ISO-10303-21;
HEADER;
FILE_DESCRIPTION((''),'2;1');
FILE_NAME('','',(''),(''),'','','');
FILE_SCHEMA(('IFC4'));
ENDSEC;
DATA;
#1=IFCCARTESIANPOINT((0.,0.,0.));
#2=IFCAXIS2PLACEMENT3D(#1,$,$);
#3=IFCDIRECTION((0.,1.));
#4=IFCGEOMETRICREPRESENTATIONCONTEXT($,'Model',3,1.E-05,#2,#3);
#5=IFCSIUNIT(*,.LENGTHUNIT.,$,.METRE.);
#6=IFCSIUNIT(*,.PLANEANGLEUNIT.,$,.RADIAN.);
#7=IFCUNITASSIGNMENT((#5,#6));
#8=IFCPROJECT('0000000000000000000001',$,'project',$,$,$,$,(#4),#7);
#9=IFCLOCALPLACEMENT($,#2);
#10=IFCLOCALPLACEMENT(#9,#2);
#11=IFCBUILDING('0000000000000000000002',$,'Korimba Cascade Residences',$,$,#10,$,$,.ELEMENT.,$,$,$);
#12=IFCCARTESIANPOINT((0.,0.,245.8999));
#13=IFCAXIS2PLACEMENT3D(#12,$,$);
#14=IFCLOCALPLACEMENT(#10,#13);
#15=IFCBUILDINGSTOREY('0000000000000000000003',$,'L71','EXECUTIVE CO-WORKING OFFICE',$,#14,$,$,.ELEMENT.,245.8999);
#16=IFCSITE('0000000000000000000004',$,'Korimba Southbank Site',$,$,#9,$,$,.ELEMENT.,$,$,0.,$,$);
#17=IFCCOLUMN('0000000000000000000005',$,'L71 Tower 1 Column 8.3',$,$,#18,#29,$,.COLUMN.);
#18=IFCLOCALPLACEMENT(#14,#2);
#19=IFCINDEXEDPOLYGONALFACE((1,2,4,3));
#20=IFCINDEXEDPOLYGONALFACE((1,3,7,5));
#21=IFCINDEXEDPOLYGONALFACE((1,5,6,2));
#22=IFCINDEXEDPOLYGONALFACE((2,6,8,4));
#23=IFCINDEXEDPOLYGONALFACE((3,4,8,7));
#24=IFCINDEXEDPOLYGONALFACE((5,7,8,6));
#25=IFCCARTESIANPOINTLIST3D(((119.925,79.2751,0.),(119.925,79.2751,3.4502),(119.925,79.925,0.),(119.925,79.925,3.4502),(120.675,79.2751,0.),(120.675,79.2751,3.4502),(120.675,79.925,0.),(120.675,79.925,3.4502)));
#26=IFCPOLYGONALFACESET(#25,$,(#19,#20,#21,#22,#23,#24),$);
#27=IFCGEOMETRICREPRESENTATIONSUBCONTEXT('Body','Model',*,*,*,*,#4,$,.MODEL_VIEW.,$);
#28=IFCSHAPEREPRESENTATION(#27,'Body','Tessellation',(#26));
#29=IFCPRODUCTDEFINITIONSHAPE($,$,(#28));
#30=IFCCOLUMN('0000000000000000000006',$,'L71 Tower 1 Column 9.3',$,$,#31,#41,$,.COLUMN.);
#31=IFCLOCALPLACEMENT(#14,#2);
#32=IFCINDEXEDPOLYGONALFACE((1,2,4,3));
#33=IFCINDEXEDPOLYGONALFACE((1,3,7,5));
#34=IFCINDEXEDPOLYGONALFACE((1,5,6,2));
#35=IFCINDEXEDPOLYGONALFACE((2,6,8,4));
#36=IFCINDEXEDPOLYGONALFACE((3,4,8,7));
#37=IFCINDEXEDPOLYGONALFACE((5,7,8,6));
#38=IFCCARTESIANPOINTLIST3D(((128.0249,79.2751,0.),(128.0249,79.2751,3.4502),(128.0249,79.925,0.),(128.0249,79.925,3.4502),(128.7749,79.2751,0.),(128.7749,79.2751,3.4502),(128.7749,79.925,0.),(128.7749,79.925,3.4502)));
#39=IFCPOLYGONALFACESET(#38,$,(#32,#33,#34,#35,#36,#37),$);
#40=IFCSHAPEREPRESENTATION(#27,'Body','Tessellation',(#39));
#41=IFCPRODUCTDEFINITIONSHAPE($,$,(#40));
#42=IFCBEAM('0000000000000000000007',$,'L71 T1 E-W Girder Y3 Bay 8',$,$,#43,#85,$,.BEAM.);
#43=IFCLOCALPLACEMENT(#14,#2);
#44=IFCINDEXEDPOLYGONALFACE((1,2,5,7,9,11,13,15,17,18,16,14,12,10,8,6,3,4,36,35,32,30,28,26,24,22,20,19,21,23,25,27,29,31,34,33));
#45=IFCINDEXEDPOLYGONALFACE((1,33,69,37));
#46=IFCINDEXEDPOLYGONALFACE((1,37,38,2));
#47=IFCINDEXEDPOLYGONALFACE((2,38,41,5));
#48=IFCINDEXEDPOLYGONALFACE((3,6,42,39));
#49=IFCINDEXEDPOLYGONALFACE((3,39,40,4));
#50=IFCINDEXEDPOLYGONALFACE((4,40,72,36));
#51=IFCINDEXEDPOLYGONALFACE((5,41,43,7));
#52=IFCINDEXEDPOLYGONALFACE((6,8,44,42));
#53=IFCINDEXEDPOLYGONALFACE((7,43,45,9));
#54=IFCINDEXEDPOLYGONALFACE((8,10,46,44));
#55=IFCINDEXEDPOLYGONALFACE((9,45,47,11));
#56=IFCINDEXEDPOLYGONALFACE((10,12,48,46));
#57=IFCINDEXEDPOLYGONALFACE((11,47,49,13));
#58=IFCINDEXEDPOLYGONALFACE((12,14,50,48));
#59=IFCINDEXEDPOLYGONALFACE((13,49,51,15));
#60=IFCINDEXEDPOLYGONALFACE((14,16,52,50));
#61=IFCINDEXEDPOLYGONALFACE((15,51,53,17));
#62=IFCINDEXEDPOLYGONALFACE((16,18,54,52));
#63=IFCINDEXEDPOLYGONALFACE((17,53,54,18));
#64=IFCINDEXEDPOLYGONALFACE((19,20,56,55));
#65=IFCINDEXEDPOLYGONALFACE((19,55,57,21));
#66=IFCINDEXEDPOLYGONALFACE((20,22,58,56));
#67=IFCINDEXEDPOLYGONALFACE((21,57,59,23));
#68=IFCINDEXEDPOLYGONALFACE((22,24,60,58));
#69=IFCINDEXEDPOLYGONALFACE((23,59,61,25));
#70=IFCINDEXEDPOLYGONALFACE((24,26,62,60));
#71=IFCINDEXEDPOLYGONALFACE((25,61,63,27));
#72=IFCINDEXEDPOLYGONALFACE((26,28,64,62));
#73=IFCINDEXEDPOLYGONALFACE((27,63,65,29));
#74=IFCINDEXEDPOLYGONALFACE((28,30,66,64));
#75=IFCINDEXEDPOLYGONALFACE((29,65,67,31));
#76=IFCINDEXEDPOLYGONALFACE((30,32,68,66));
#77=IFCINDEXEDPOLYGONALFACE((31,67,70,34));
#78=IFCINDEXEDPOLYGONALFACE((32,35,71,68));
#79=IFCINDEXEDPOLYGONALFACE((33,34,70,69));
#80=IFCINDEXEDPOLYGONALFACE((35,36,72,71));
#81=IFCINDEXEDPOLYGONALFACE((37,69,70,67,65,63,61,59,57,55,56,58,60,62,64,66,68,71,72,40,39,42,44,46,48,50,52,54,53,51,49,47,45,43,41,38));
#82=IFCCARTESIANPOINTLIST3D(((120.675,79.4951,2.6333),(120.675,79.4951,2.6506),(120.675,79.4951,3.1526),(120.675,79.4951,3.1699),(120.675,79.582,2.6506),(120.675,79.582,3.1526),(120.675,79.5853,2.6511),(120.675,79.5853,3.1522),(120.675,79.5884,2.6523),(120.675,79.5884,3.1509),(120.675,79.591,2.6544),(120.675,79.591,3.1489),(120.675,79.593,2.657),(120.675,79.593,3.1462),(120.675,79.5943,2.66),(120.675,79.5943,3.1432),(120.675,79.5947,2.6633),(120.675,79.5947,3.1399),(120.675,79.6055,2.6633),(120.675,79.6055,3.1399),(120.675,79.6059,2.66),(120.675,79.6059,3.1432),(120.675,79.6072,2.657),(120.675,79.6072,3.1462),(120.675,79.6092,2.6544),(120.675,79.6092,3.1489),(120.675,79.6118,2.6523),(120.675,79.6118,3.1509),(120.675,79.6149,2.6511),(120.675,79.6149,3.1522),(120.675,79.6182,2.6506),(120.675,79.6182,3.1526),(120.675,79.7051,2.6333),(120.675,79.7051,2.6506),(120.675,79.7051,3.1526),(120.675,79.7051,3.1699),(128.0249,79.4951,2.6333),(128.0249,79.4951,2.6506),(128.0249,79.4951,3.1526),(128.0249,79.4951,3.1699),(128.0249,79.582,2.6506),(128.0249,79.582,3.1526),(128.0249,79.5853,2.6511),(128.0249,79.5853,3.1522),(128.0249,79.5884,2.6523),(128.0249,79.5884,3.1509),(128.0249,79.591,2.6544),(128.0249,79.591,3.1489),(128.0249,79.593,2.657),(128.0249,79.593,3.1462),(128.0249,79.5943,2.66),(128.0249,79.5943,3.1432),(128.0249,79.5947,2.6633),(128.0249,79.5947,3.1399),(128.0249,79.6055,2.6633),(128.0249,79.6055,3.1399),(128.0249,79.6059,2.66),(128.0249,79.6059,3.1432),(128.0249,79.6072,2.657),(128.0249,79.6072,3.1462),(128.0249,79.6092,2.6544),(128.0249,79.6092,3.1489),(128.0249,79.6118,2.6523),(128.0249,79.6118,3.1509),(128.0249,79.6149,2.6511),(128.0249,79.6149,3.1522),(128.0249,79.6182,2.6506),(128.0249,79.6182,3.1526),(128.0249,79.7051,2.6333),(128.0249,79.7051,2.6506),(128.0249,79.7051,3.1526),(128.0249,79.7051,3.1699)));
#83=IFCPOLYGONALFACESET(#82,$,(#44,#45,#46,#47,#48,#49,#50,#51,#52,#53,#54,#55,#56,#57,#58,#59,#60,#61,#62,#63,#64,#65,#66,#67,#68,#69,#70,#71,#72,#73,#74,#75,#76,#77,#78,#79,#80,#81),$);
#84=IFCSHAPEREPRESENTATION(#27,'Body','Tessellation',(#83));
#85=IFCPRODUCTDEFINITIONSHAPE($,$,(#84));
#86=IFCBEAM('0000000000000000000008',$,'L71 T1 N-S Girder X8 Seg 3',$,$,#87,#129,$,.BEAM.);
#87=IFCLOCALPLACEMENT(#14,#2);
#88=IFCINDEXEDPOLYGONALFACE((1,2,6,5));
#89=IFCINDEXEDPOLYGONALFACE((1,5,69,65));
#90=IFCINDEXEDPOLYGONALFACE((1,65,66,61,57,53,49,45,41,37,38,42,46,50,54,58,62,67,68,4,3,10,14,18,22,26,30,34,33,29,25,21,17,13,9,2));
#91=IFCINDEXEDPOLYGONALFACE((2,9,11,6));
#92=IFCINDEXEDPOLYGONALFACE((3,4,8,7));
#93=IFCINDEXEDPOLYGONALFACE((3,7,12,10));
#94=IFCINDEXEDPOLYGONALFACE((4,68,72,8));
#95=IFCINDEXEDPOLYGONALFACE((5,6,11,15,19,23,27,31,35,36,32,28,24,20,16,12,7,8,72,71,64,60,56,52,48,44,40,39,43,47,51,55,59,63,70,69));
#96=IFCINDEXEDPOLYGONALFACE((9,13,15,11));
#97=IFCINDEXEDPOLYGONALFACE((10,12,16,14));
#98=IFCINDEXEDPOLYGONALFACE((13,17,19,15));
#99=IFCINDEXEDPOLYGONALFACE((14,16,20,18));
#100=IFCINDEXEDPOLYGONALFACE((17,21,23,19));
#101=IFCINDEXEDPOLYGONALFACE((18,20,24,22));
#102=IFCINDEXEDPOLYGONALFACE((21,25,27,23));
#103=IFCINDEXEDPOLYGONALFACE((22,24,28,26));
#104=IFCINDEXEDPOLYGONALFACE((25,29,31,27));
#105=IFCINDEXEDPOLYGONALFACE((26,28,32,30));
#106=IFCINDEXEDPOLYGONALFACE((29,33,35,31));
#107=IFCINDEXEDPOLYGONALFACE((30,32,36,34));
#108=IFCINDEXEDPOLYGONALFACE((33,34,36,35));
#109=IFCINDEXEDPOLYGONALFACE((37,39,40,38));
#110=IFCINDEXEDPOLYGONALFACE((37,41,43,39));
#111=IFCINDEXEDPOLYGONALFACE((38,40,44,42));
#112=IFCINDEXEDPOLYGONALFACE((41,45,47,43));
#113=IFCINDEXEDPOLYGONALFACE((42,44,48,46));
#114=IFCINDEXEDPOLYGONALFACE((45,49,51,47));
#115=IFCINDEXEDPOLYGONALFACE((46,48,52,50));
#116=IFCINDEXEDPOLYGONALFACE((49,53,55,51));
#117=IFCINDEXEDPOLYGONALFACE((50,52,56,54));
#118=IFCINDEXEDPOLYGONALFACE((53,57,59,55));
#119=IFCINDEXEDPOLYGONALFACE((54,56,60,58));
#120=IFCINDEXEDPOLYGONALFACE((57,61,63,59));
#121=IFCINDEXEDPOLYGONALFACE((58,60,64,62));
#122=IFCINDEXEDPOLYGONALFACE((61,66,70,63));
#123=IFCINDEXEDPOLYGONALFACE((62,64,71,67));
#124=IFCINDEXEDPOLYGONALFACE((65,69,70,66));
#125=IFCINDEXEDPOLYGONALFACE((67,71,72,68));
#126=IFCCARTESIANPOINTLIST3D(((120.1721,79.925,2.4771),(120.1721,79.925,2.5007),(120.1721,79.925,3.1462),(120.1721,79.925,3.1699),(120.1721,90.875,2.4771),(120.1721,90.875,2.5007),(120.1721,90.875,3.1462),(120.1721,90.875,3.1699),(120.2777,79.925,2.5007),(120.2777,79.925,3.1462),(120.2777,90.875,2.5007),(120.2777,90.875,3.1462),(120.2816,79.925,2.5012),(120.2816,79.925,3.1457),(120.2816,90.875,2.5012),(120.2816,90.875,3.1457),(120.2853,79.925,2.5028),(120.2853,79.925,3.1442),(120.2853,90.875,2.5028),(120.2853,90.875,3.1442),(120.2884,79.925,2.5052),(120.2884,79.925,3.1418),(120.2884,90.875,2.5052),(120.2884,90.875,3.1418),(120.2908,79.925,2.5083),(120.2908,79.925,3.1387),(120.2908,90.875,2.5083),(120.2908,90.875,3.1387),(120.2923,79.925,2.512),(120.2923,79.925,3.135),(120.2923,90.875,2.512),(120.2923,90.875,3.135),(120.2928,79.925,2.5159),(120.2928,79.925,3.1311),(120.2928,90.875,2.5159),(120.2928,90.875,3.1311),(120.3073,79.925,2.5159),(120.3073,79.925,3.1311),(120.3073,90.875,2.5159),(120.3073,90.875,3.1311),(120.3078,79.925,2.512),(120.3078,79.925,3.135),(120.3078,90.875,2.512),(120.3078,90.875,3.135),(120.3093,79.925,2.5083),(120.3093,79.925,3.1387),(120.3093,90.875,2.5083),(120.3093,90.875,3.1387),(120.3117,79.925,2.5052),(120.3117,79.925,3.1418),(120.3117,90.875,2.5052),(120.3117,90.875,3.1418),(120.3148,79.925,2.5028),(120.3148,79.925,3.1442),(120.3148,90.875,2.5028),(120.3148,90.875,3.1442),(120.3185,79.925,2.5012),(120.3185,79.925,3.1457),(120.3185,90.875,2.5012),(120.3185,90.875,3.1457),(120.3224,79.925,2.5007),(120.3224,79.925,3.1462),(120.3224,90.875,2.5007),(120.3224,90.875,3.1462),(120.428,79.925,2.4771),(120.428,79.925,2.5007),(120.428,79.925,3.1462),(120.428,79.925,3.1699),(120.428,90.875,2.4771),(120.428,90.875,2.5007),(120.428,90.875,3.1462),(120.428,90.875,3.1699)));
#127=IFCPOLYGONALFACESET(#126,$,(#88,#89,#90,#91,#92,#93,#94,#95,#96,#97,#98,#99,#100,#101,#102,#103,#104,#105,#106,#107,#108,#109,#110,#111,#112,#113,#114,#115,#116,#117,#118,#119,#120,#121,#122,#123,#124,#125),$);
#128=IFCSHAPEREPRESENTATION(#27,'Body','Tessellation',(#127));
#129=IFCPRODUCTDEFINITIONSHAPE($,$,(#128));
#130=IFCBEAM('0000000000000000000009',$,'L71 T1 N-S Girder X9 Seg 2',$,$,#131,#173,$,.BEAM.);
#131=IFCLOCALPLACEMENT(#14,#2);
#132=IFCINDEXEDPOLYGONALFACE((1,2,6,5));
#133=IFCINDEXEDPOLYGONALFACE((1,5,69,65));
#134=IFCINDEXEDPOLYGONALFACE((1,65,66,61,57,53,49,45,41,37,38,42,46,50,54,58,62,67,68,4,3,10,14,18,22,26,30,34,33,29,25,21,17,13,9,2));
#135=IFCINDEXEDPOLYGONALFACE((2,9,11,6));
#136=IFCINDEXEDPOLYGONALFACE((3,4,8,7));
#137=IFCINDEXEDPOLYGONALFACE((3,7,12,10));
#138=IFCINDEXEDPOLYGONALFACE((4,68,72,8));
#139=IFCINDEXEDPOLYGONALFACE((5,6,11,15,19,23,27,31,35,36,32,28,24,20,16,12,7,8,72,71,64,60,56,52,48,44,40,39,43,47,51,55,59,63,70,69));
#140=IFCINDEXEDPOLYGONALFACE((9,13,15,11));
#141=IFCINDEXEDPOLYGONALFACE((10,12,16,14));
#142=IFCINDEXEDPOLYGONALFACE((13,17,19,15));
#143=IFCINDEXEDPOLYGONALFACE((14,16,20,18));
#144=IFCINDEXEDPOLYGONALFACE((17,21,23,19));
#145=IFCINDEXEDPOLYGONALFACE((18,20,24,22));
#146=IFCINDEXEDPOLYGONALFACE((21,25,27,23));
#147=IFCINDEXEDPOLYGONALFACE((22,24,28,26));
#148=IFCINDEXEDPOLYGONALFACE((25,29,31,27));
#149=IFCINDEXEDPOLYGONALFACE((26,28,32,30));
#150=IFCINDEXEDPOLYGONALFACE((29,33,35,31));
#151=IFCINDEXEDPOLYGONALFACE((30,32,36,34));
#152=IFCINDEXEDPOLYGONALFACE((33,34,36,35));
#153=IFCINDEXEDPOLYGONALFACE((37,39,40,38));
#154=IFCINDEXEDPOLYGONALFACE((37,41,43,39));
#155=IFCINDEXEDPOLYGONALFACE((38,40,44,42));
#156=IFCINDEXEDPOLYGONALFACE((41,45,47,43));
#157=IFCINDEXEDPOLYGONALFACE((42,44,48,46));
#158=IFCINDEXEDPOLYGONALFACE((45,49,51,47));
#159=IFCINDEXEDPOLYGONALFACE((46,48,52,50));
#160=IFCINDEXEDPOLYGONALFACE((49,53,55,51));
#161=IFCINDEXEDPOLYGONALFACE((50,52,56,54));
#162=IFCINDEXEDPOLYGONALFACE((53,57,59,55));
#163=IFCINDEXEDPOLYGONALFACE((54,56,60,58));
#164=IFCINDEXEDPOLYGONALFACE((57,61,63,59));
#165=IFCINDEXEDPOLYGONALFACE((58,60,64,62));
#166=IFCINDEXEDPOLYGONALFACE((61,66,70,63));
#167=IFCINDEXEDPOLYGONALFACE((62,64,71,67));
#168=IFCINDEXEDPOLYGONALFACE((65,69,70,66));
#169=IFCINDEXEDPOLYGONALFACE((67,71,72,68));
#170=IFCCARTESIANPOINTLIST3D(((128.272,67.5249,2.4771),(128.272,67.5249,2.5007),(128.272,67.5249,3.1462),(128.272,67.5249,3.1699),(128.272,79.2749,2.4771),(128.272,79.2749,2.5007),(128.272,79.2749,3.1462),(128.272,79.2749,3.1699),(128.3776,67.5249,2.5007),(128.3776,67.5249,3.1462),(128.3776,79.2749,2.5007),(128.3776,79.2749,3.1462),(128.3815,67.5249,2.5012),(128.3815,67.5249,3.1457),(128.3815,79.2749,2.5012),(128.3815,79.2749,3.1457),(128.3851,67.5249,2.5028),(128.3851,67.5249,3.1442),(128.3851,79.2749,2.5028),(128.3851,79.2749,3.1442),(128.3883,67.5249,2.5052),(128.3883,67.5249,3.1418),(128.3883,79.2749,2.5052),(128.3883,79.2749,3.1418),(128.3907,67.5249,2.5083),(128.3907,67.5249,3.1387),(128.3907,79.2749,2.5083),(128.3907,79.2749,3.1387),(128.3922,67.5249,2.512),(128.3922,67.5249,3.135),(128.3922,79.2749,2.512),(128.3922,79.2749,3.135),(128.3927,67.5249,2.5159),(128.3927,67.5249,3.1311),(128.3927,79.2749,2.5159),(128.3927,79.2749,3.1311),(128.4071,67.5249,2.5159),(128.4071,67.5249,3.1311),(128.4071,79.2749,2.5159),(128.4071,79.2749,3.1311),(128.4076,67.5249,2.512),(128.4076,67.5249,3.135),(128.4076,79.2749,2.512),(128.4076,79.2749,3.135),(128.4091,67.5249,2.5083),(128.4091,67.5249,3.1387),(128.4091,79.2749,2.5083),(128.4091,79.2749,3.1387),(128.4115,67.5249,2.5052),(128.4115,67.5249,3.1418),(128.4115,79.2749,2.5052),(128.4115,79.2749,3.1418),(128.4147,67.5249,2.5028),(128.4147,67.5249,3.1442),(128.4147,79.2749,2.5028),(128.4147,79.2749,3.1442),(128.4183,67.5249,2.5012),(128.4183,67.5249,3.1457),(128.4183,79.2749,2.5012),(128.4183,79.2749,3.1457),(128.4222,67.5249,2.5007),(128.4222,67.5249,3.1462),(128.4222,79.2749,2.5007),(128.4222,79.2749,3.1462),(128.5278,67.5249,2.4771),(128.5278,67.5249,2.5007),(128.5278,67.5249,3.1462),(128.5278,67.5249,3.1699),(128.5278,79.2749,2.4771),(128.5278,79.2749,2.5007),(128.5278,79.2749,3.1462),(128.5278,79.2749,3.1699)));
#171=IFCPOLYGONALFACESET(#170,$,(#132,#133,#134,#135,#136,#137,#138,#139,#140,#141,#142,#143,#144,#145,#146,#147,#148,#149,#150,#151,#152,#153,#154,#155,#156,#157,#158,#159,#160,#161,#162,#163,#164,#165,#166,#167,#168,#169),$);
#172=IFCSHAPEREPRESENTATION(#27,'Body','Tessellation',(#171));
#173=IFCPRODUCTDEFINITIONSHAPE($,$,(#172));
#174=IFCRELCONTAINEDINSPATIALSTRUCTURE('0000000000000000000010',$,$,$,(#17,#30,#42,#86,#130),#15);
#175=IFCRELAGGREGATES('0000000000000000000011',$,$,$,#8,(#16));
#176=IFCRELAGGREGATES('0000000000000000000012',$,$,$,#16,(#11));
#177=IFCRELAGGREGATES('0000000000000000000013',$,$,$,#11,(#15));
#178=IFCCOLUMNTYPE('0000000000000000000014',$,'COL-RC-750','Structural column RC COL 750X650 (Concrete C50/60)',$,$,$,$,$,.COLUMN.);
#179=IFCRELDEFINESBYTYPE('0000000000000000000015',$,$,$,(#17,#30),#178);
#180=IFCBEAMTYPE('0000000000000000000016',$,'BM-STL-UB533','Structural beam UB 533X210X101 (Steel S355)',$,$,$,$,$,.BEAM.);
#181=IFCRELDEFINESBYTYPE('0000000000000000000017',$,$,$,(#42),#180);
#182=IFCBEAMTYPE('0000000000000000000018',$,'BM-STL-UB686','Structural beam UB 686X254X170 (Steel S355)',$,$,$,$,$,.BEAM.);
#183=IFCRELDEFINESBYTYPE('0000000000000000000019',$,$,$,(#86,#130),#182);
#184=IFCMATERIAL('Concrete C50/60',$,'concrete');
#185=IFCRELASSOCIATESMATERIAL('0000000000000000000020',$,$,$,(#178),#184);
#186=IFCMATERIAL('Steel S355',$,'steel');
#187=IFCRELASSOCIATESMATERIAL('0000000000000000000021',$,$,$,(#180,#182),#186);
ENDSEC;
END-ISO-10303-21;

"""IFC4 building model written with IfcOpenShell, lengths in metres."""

from ifc_helpers import new_model, si_unit, direction, frame, origin, origin_2d, place, context, subcontext, project, spatial, rectangle, i_section, extrude, material, material_profile, profile_set, type_object, element, save


model = new_model("IFC4")

# Units and contexts
model_context = context("Model", 3, precision=1e-05, world=origin(), true_north=direction((0.0, 1.0)))
body_context = subcontext(model_context, "Body", "Model", "MODEL_VIEW")
ifc_project = project(units=[si_unit("LENGTHUNIT", "METRE"), si_unit("PLANEANGLEUNIT", "RADIAN")], contexts=[model_context])

# Site, building, storey
site_placement = place(None, origin())
site = spatial("IfcSite", under=ifc_project, at=site_placement, Name="Korimba Southbank Site", CompositionType="ELEMENT", RefElevation=0.0)
building_placement = place(site_placement, origin())
building = spatial("IfcBuilding", under=site, at=building_placement, Name="Korimba Cascade Residences", CompositionType="ELEMENT")
storey_placement = place(building_placement, frame((0.0, 0.0, 245.8999)))
storey = spatial("IfcBuildingStorey", under=building, at=storey_placement, Name="L71", Description="EXECUTIVE CO-WORKING OFFICE", CompositionType="ELEMENT", Elevation=245.8999)

# Columns
ifc_material_1 = material(Name="Concrete C50/60", Category="concrete")
ifc_material_profile_1 = material_profile(ifc_material_1, rectangle(XDim=0.75, YDim=0.6499, at=origin_2d()), Name="Concrete C50/60")
ifc_profile_set_1 = profile_set([ifc_material_profile_1], Name="Concrete C50/60")
column_type = type_object("IfcColumnType", Name="COL-RC-750", Description="Structural column RC COL 750X650 (Concrete C50/60)", PredefinedType="COLUMN", material=ifc_profile_set_1)
for number, where, z_axis, x_axis, name in (
    (1, (120.3, 79.6001, 0.0), (0.0, 0.0, 1.0), (1.0, 0.0, 0.0), "L71 Tower 1 Column 8.3"),
    (2, (128.3999, 79.6001, 0.0), (0.0, 0.0, 1.0), (1.0, 0.0, 0.0), "L71 Tower 1 Column 9.3"),
):
    element("IfcColumn", number, at=place(storey_placement, frame(where, z_axis=z_axis, x_axis=x_axis)), inside=storey, type_object=column_type, Name=name, PredefinedType="COLUMN", context=body_context, shape_type="SweptSolid", body=[
        extrude(rectangle(XDim=0.75, YDim=0.6499, at=origin_2d()), origin(), (0.0, 0.0, 1.0), 3.4502),
    ])

# Beams
ifc_material_2 = material(Name="Steel S355", Category="steel")
ifc_material_profile_2 = material_profile(ifc_material_2, i_section(OverallWidth=0.21, OverallDepth=0.5366, WebThickness=0.0107, FlangeThickness=0.0173, FilletRadius=0.0127, at=origin_2d()), Name="Steel S355")
ifc_profile_set_2 = profile_set([ifc_material_profile_2], Name="Steel S355")
beam_type_1 = type_object("IfcBeamType", Name="BM-STL-UB533", Description="Structural beam UB 533X210X101 (Steel S355)", PredefinedType="BEAM", material=ifc_profile_set_2)
beam_1_placement = place(storey_placement, frame((120.675, 79.6001, 2.9016), z_axis=(1.0, 0.0, 0.0), x_axis=(0.0, 1.0, 0.0)))
element("IfcBeam", 3, at=beam_1_placement, inside=storey, type_object=beam_type_1, Name="L71 T1 E-W Girder Y3 Bay 8", PredefinedType="BEAM", context=body_context, shape_type="SweptSolid", body=[
    extrude(i_section(OverallWidth=0.21, OverallDepth=0.5366, WebThickness=0.0107, FlangeThickness=0.0173, FilletRadius=0.0127, at=origin_2d()), origin(), (0.0, 0.0, 1.0), 7.3499),
])
ifc_material_profile_3 = material_profile(ifc_material_2, i_section(OverallWidth=0.2559, OverallDepth=0.6929, WebThickness=0.0144, FlangeThickness=0.0237, FilletRadius=0.0151, at=origin_2d()), Name="Steel S355")
ifc_profile_set_3 = profile_set([ifc_material_profile_3], Name="Steel S355")
beam_type_2 = type_object("IfcBeamType", Name="BM-STL-UB686", Description="Structural beam UB 686X254X170 (Steel S355)", PredefinedType="BEAM", material=ifc_profile_set_3)
beam_2_placement = place(storey_placement, frame((120.3, 79.925, 2.8235), z_axis=(0.0, 1.0, 0.0), x_axis=(-1.0, 0.0, 0.0)))
element("IfcBeam", 4, at=beam_2_placement, inside=storey, type_object=beam_type_2, Name="L71 T1 N-S Girder X8 Seg 3", PredefinedType="BEAM", context=body_context, shape_type="SweptSolid", body=[
    extrude(i_section(OverallWidth=0.2559, OverallDepth=0.6929, WebThickness=0.0144, FlangeThickness=0.0237, FilletRadius=0.0151, at=origin_2d()), origin(), (0.0, 0.0, 1.0), 10.95),
])
beam_3_placement = place(storey_placement, frame((128.3999, 67.5249, 2.8235), z_axis=(0.0, 1.0, 0.0), x_axis=(-1.0, 0.0, 0.0)))
element("IfcBeam", 5, at=beam_3_placement, inside=storey, type_object=beam_type_2, Name="L71 T1 N-S Girder X9 Seg 2", PredefinedType="BEAM", context=body_context, shape_type="SweptSolid", body=[
    extrude(i_section(OverallWidth=0.2559, OverallDepth=0.6929, WebThickness=0.0144, FlangeThickness=0.0237, FilletRadius=0.0151, at=origin_2d()), origin(), (0.0, 0.0, 1.0), 11.75),
])

save(model, "model.ifc")
